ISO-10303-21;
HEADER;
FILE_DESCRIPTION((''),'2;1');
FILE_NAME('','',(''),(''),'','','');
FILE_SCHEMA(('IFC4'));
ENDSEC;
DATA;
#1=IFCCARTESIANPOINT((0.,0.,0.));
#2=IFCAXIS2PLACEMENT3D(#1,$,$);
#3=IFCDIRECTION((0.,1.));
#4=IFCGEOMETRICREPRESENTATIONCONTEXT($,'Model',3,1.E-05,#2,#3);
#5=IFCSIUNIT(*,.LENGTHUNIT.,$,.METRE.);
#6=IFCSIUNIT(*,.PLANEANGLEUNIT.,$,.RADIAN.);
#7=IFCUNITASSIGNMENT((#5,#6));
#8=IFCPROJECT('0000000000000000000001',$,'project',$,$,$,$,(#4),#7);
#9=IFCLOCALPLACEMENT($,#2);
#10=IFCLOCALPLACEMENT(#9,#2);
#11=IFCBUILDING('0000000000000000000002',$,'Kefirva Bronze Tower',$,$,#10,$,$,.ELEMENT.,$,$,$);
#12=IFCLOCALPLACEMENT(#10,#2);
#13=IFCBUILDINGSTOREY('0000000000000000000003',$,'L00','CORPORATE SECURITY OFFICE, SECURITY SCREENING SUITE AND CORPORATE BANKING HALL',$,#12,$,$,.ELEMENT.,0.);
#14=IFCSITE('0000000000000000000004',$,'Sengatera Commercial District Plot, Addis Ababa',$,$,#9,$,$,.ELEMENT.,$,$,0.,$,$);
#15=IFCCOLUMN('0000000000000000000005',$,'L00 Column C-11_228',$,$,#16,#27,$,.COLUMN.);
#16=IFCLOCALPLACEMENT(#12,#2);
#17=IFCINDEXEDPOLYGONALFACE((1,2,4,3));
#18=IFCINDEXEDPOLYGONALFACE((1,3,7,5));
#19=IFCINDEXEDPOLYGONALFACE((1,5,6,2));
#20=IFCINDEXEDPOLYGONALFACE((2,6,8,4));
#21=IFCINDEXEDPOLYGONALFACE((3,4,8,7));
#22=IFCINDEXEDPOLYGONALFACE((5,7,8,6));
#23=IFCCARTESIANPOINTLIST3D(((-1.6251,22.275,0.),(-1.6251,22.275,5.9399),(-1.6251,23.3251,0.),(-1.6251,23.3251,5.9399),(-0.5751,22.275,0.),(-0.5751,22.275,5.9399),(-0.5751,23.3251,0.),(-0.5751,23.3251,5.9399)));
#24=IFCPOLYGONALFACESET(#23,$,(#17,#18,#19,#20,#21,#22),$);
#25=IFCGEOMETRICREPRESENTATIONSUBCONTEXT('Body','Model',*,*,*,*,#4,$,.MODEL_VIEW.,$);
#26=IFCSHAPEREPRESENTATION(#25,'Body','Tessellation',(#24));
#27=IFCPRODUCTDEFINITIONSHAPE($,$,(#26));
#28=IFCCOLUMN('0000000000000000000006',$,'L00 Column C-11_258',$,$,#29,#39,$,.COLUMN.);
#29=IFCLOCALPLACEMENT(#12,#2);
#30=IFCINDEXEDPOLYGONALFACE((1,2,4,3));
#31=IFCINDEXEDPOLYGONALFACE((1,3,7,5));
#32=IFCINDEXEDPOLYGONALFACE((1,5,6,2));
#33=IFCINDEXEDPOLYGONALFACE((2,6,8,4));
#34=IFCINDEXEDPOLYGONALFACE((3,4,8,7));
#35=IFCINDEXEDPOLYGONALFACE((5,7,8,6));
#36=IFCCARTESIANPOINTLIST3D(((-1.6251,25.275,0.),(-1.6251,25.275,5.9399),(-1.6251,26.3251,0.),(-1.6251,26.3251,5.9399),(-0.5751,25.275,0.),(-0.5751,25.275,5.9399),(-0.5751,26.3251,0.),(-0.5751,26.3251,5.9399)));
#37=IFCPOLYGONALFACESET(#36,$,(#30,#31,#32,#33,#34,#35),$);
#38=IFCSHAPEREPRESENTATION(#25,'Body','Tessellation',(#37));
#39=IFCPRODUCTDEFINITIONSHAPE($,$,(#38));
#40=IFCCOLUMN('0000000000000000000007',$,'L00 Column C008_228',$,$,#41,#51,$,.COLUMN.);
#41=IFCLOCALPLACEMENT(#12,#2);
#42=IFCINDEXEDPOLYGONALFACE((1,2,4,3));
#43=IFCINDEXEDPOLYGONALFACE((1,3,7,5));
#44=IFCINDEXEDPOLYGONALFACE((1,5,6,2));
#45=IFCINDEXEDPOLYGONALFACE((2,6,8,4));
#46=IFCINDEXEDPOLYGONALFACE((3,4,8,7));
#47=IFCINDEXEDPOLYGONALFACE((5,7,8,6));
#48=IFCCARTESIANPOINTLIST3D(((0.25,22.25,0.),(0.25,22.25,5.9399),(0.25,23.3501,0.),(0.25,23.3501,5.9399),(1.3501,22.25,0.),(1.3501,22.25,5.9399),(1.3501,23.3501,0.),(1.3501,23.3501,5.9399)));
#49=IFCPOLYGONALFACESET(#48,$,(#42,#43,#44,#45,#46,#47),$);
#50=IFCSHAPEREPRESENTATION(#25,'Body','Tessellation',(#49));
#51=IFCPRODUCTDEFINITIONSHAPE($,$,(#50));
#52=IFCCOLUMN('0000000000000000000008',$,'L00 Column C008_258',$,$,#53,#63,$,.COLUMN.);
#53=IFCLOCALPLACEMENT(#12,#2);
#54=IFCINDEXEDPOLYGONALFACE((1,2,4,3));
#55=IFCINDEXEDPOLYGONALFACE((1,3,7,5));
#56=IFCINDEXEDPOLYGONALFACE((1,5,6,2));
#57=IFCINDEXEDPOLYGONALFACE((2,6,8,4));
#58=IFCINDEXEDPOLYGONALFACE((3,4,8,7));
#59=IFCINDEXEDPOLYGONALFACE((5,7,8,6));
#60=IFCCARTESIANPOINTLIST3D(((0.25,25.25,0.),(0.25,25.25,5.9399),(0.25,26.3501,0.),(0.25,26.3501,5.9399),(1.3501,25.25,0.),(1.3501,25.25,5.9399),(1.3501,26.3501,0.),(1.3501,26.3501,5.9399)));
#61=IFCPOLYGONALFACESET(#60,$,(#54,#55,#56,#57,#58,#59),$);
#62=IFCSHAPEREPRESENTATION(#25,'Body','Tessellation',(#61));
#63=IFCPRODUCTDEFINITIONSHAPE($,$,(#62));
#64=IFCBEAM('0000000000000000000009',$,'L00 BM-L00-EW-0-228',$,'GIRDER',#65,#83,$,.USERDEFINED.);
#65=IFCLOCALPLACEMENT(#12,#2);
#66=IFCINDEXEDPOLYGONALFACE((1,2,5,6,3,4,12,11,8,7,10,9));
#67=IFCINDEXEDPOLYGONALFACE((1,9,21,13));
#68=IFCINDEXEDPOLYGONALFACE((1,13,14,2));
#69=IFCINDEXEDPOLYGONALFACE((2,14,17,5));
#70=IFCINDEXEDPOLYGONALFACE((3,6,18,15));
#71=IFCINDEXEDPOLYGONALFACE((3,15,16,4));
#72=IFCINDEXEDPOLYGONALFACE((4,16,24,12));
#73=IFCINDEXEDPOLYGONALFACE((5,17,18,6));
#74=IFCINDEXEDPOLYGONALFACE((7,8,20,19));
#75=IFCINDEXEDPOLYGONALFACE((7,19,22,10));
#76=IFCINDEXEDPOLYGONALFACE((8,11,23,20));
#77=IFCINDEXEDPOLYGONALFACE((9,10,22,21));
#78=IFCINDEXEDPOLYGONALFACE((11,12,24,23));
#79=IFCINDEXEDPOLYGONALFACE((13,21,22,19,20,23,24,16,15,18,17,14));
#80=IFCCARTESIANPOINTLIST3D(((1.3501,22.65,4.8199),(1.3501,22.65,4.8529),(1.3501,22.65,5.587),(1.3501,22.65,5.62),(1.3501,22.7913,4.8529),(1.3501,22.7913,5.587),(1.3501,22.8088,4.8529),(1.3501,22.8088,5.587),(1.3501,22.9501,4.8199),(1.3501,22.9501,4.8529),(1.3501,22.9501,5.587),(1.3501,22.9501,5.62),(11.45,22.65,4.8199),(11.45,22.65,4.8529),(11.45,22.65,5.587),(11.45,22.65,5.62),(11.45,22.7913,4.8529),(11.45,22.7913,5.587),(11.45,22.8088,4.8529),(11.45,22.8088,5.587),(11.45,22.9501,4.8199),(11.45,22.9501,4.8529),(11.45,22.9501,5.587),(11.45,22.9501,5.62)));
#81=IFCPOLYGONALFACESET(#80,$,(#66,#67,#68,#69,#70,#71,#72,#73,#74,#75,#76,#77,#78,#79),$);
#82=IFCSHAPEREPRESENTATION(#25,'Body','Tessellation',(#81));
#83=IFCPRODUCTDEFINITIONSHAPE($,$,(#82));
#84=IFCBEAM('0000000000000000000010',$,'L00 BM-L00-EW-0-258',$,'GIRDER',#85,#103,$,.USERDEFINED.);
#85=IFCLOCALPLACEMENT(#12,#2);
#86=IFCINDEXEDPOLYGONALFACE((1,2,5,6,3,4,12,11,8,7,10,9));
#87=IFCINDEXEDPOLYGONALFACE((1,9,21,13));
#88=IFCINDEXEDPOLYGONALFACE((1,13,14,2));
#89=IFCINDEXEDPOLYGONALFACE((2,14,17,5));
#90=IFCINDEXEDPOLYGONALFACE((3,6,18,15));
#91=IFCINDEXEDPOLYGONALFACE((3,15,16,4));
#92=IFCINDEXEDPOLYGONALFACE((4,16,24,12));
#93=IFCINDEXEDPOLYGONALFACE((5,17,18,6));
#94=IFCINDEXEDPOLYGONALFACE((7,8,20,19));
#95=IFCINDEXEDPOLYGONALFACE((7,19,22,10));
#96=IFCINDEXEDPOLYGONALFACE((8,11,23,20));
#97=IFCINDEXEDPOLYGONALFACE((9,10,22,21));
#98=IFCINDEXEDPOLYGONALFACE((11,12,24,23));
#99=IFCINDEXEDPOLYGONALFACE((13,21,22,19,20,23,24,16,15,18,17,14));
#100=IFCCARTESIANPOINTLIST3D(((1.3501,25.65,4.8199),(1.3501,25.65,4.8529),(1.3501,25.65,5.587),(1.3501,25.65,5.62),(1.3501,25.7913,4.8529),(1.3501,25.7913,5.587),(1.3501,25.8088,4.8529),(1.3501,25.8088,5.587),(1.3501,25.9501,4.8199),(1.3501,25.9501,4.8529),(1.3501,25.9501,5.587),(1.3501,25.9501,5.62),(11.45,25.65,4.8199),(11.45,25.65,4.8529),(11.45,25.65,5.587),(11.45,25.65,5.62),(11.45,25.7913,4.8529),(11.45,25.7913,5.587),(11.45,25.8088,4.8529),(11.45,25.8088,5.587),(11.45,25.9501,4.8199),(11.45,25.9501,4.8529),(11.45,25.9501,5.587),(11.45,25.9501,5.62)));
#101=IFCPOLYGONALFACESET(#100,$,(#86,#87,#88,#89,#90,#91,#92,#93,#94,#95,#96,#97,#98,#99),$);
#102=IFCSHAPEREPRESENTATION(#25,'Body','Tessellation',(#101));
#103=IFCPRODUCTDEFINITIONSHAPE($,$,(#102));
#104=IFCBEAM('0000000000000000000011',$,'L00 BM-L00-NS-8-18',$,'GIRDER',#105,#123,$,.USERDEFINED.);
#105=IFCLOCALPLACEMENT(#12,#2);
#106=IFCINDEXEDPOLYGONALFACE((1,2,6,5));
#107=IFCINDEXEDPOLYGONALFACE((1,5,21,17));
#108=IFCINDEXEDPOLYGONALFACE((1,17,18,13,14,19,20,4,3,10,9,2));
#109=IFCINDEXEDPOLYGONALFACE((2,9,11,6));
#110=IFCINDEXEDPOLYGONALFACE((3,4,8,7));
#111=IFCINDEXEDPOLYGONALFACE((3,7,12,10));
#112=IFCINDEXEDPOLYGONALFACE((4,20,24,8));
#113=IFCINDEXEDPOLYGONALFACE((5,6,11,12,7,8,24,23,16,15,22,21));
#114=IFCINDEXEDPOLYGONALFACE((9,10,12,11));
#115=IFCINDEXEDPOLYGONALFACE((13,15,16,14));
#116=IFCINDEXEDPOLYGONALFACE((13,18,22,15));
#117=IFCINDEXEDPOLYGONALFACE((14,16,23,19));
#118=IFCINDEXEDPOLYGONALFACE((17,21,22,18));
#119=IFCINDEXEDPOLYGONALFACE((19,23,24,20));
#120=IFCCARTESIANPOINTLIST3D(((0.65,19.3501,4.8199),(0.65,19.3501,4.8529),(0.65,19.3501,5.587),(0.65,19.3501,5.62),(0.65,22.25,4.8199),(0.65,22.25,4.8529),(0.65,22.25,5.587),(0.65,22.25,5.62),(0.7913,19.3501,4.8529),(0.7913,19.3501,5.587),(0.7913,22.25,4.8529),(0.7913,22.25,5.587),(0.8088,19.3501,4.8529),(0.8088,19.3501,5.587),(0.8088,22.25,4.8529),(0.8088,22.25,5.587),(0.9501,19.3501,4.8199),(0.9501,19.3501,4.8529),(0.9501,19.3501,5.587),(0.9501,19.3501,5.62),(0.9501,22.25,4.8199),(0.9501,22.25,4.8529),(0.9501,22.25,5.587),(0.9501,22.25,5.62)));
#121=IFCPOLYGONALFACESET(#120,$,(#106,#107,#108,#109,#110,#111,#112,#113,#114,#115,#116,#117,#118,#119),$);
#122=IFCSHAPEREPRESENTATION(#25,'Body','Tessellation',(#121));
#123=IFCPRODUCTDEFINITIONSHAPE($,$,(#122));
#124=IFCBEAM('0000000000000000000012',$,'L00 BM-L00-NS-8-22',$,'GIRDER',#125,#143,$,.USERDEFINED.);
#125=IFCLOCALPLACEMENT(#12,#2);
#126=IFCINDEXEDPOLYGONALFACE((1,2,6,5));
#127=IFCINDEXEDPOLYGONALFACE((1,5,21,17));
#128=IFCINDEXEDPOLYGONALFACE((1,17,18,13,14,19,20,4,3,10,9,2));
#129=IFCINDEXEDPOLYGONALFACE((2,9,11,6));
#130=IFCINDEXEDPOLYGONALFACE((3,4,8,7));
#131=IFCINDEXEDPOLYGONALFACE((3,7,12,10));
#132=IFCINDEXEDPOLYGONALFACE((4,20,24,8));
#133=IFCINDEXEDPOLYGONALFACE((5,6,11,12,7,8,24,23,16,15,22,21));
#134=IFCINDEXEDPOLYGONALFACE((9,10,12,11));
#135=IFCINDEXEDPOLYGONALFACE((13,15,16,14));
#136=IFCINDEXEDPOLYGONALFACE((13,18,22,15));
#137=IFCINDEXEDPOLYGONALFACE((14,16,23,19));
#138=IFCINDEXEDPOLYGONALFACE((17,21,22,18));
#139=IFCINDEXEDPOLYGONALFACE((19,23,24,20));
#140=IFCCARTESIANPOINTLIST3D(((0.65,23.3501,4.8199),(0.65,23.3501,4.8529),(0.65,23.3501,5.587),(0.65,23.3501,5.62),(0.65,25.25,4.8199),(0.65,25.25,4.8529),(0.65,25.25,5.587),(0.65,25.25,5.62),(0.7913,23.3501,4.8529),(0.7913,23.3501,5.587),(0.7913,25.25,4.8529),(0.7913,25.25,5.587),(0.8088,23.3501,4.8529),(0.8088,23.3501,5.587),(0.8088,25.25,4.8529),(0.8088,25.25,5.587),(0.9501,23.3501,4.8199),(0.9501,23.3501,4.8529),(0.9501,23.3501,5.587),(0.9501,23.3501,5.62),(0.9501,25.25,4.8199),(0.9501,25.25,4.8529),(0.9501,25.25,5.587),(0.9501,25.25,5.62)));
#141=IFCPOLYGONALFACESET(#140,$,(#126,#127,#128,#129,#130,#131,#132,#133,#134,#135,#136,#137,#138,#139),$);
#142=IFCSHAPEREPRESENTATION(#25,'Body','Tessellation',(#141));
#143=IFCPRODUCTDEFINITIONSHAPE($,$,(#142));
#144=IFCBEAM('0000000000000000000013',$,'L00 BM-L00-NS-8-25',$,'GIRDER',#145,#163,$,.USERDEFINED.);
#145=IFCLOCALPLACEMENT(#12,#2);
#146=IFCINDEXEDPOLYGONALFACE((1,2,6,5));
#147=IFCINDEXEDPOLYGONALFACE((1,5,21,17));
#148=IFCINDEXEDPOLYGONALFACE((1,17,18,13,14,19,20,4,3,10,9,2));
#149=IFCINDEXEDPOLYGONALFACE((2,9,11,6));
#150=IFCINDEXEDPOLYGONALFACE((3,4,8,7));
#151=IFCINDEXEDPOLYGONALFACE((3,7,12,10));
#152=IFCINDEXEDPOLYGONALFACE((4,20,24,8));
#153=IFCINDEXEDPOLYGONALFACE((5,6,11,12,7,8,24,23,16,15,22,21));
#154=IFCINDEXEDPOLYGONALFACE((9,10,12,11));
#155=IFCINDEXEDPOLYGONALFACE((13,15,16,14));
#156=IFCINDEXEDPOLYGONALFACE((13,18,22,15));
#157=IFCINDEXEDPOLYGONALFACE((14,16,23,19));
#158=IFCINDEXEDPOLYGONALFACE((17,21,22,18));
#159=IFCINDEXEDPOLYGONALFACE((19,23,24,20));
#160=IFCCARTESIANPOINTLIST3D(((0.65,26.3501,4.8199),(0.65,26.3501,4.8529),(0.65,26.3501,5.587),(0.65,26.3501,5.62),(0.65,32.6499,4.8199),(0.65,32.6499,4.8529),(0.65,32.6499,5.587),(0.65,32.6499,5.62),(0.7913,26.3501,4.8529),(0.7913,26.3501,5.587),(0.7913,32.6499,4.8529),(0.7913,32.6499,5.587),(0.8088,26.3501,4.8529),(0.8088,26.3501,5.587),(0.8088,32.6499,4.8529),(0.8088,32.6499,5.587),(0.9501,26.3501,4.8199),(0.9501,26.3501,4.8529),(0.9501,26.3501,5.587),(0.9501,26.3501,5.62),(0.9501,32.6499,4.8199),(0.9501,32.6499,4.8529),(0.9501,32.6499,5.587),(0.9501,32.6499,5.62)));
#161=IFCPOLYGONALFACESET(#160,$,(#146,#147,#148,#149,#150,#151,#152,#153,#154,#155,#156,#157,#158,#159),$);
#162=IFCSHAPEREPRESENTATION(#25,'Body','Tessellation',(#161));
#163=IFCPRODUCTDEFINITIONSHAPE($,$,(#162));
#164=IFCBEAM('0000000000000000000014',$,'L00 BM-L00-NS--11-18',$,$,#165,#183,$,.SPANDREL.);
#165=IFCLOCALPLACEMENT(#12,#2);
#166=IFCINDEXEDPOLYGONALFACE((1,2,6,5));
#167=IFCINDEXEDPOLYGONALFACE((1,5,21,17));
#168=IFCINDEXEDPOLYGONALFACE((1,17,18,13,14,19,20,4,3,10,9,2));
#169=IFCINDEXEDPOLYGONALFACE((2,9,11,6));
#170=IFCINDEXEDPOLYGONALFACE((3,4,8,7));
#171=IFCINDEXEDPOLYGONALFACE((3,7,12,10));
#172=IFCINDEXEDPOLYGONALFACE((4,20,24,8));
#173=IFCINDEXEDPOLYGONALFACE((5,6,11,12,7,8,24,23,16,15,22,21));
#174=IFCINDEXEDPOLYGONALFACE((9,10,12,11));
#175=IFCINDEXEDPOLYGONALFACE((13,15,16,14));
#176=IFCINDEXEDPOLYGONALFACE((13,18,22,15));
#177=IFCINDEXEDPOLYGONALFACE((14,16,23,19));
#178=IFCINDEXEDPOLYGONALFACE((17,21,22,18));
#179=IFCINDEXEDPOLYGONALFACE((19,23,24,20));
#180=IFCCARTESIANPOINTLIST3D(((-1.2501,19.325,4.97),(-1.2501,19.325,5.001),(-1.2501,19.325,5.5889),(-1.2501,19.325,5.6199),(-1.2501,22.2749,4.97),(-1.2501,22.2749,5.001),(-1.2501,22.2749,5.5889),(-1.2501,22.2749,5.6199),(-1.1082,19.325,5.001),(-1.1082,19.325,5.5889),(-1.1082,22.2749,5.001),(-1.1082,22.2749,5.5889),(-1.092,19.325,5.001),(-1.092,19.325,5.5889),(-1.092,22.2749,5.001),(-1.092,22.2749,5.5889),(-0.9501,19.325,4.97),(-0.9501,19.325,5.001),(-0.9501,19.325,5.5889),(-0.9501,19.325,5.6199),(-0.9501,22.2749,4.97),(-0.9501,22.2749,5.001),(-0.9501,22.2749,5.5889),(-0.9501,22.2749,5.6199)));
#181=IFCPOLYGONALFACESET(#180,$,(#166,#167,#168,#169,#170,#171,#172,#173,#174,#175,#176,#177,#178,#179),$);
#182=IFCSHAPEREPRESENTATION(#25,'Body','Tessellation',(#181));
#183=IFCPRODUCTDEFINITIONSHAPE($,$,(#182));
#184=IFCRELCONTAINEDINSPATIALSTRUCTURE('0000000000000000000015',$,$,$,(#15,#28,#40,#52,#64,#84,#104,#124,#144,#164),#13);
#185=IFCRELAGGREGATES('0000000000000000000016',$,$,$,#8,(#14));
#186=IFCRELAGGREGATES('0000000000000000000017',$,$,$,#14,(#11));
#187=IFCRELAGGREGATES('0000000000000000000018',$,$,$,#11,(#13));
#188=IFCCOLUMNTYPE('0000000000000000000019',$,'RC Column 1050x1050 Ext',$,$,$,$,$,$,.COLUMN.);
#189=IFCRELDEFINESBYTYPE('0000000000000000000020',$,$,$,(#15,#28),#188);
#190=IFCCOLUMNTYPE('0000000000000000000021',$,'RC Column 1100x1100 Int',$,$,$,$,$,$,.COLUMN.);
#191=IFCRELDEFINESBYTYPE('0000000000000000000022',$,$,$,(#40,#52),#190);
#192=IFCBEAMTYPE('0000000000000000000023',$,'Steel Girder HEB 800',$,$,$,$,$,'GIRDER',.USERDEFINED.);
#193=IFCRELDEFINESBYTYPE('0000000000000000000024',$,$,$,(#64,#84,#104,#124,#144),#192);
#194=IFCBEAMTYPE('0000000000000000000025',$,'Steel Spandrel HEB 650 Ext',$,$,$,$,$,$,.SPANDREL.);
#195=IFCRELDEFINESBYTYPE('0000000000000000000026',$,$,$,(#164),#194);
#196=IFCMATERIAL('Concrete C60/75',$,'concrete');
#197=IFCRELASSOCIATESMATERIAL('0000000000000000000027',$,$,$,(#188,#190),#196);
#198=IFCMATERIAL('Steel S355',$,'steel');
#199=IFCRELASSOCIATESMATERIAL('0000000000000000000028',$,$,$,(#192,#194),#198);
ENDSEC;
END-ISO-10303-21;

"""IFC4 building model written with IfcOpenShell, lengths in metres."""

from ifc_helpers import new_model, si_unit, direction, frame, origin, origin_2d, place, context, subcontext, project, spatial, rectangle, i_section, extrude, material, material_profile, profile_set, type_object, element, save


model = new_model("IFC4")

# Units and contexts
model_context = context("Model", 3, precision=1e-05, world=origin(), true_north=direction((0.0, 1.0)))
body_context = subcontext(model_context, "Body", "Model", "MODEL_VIEW")
ifc_project = project(units=[si_unit("LENGTHUNIT", "METRE"), si_unit("PLANEANGLEUNIT", "RADIAN")], contexts=[model_context])

# Site, building, storey
site_placement = place(None, origin())
site = spatial("IfcSite", under=ifc_project, at=site_placement, Name="Sengatera Commercial District Plot, Addis Ababa", CompositionType="ELEMENT", RefElevation=0.0)
building_placement = place(site_placement, origin())
building = spatial("IfcBuilding", under=site, at=building_placement, Name="Kefirva Bronze Tower", CompositionType="ELEMENT")
storey_placement = place(building_placement, origin())
storey = spatial("IfcBuildingStorey", under=building, at=storey_placement, Name="L00", Description="CORPORATE SECURITY OFFICE, SECURITY SCREENING SUITE AND CORPORATE BANKING HALL", CompositionType="ELEMENT", Elevation=0.0)

# Columns
ifc_material_1 = material(Name="Concrete C60/75", Category="concrete")
ifc_material_profile_1 = material_profile(ifc_material_1, rectangle(XDim=1.05, YDim=1.05, at=origin_2d()), Name="RC 1050x1050")
ifc_profile_set_1 = profile_set([ifc_material_profile_1], Name="Concrete C60/75")
column_type_1 = type_object("IfcColumnType", Name="RC Column 1050x1050 Ext", PredefinedType="COLUMN", material=ifc_profile_set_1)
for number, where, z_axis, x_axis, name in (
    (1, (-1.1001, 22.8, 0.0), (0.0, 0.0, 1.0), (1.0, 0.0, 0.0), "L00 Column C-11_228"),
    (2, (-1.1001, 25.8, 0.0), (0.0, 0.0, 1.0), (1.0, 0.0, 0.0), "L00 Column C-11_258"),
):
    element("IfcColumn", number, at=place(storey_placement, frame(where, z_axis=z_axis, x_axis=x_axis)), inside=storey, type_object=column_type_1, Name=name, PredefinedType="COLUMN", context=body_context, shape_type="SweptSolid", body=[
        extrude(rectangle(XDim=1.05, YDim=1.05, at=origin_2d()), origin(), (0.0, 0.0, 1.0), 5.9399),
    ])
ifc_material_profile_2 = material_profile(ifc_material_1, rectangle(XDim=1.1001, YDim=1.1001, at=origin_2d()), Name="RC 1100x1100")
ifc_profile_set_2 = profile_set([ifc_material_profile_2], Name="Concrete C60/75")
column_type_2 = type_object("IfcColumnType", Name="RC Column 1100x1100 Int", PredefinedType="COLUMN", material=ifc_profile_set_2)
for number, where, z_axis, x_axis, name in (
    (3, (0.8, 22.8, 0.0), (0.0, 0.0, 1.0), (1.0, 0.0, 0.0), "L00 Column C008_228"),
    (4, (0.8, 25.8, 0.0), (0.0, 0.0, 1.0), (1.0, 0.0, 0.0), "L00 Column C008_258"),
):
    element("IfcColumn", number, at=place(storey_placement, frame(where, z_axis=z_axis, x_axis=x_axis)), inside=storey, type_object=column_type_2, Name=name, PredefinedType="COLUMN", context=body_context, shape_type="SweptSolid", body=[
        extrude(rectangle(XDim=1.1001, YDim=1.1001, at=origin_2d()), origin(), (0.0, 0.0, 1.0), 5.9399),
    ])

# Beams
ifc_material_2 = material(Name="Steel S355", Category="steel")
ifc_material_profile_3 = material_profile(ifc_material_2, i_section(OverallWidth=0.3, OverallDepth=0.8, WebThickness=0.0176, FlangeThickness=0.033, at=origin_2d()), Name="HEB 800")
ifc_profile_set_3 = profile_set([ifc_material_profile_3], Name="Steel S355")
beam_type_1 = type_object("IfcBeamType", Name="Steel Girder HEB 800", ElementType="GIRDER", PredefinedType="USERDEFINED", material=ifc_profile_set_3)
for number, where, z_axis, x_axis, name in (
    (5, (1.3501, 22.8, 5.22), (1.0, 0.0, 0.0), (0.0, 1.0, 0.0), "L00 BM-L00-EW-0-228"),
    (6, (1.3501, 25.8, 5.22), (1.0, 0.0, 0.0), (0.0, 1.0, 0.0), "L00 BM-L00-EW-0-258"),
):
    element("IfcBeam", number, at=place(storey_placement, frame(where, z_axis=z_axis, x_axis=x_axis)), inside=storey, type_object=beam_type_1, Name=name, ObjectType="GIRDER", PredefinedType="USERDEFINED", context=body_context, shape_type="SweptSolid", body=[
        extrude(i_section(OverallWidth=0.3, OverallDepth=0.8, WebThickness=0.0176, FlangeThickness=0.033, at=origin_2d()), origin(), (0.0, 0.0, 1.0), 10.0999),
    ])
beam_1_placement = place(storey_placement, frame((0.8, 19.3501, 5.22), z_axis=(0.0, 1.0, 0.0), x_axis=(-1.0, 0.0, 0.0)))
element("IfcBeam", 7, at=beam_1_placement, inside=storey, type_object=beam_type_1, Name="L00 BM-L00-NS-8-18", ObjectType="GIRDER", PredefinedType="USERDEFINED", context=body_context, shape_type="SweptSolid", body=[
    extrude(i_section(OverallWidth=0.3, OverallDepth=0.8, WebThickness=0.0176, FlangeThickness=0.033, at=origin_2d()), origin(), (0.0, 0.0, 1.0), 2.8999),
])
beam_2_placement = place(storey_placement, frame((0.8, 23.3501, 5.22), z_axis=(0.0, 1.0, 0.0), x_axis=(-1.0, 0.0, 0.0)))
element("IfcBeam", 8, at=beam_2_placement, inside=storey, type_object=beam_type_1, Name="L00 BM-L00-NS-8-22", ObjectType="GIRDER", PredefinedType="USERDEFINED", context=body_context, shape_type="SweptSolid", body=[
    extrude(i_section(OverallWidth=0.3, OverallDepth=0.8, WebThickness=0.0176, FlangeThickness=0.033, at=origin_2d()), origin(), (0.0, 0.0, 1.0), 1.8999),
])
beam_3_placement = place(storey_placement, frame((0.8, 26.3501, 5.22), z_axis=(0.0, 1.0, 0.0), x_axis=(-1.0, 0.0, 0.0)))
element("IfcBeam", 9, at=beam_3_placement, inside=storey, type_object=beam_type_1, Name="L00 BM-L00-NS-8-25", ObjectType="GIRDER", PredefinedType="USERDEFINED", context=body_context, shape_type="SweptSolid", body=[
    extrude(i_section(OverallWidth=0.3, OverallDepth=0.8, WebThickness=0.0176, FlangeThickness=0.033, at=origin_2d()), origin(), (0.0, 0.0, 1.0), 6.2998),
])
ifc_material_profile_4 = material_profile(ifc_material_2, i_section(OverallWidth=0.3, OverallDepth=0.6499, WebThickness=0.0161, FlangeThickness=0.031, at=origin_2d()), Name="HEB 650")
ifc_profile_set_4 = profile_set([ifc_material_profile_4], Name="Steel S355")
beam_type_2 = type_object("IfcBeamType", Name="Steel Spandrel HEB 650 Ext", PredefinedType="SPANDREL", material=ifc_profile_set_4)
beam_4_placement = place(storey_placement, frame((-1.1001, 19.325, 5.2949), z_axis=(0.0, 1.0, 0.0), x_axis=(-1.0, 0.0, 0.0)))
element("IfcBeam", 10, at=beam_4_placement, inside=storey, type_object=beam_type_2, Name="L00 BM-L00-NS--11-18", PredefinedType="SPANDREL", context=body_context, shape_type="SweptSolid", body=[
    extrude(i_section(OverallWidth=0.3, OverallDepth=0.6499, WebThickness=0.0161, FlangeThickness=0.031, at=origin_2d()), origin(), (0.0, 0.0, 1.0), 2.95),
])

save(model, "model.ifc")
